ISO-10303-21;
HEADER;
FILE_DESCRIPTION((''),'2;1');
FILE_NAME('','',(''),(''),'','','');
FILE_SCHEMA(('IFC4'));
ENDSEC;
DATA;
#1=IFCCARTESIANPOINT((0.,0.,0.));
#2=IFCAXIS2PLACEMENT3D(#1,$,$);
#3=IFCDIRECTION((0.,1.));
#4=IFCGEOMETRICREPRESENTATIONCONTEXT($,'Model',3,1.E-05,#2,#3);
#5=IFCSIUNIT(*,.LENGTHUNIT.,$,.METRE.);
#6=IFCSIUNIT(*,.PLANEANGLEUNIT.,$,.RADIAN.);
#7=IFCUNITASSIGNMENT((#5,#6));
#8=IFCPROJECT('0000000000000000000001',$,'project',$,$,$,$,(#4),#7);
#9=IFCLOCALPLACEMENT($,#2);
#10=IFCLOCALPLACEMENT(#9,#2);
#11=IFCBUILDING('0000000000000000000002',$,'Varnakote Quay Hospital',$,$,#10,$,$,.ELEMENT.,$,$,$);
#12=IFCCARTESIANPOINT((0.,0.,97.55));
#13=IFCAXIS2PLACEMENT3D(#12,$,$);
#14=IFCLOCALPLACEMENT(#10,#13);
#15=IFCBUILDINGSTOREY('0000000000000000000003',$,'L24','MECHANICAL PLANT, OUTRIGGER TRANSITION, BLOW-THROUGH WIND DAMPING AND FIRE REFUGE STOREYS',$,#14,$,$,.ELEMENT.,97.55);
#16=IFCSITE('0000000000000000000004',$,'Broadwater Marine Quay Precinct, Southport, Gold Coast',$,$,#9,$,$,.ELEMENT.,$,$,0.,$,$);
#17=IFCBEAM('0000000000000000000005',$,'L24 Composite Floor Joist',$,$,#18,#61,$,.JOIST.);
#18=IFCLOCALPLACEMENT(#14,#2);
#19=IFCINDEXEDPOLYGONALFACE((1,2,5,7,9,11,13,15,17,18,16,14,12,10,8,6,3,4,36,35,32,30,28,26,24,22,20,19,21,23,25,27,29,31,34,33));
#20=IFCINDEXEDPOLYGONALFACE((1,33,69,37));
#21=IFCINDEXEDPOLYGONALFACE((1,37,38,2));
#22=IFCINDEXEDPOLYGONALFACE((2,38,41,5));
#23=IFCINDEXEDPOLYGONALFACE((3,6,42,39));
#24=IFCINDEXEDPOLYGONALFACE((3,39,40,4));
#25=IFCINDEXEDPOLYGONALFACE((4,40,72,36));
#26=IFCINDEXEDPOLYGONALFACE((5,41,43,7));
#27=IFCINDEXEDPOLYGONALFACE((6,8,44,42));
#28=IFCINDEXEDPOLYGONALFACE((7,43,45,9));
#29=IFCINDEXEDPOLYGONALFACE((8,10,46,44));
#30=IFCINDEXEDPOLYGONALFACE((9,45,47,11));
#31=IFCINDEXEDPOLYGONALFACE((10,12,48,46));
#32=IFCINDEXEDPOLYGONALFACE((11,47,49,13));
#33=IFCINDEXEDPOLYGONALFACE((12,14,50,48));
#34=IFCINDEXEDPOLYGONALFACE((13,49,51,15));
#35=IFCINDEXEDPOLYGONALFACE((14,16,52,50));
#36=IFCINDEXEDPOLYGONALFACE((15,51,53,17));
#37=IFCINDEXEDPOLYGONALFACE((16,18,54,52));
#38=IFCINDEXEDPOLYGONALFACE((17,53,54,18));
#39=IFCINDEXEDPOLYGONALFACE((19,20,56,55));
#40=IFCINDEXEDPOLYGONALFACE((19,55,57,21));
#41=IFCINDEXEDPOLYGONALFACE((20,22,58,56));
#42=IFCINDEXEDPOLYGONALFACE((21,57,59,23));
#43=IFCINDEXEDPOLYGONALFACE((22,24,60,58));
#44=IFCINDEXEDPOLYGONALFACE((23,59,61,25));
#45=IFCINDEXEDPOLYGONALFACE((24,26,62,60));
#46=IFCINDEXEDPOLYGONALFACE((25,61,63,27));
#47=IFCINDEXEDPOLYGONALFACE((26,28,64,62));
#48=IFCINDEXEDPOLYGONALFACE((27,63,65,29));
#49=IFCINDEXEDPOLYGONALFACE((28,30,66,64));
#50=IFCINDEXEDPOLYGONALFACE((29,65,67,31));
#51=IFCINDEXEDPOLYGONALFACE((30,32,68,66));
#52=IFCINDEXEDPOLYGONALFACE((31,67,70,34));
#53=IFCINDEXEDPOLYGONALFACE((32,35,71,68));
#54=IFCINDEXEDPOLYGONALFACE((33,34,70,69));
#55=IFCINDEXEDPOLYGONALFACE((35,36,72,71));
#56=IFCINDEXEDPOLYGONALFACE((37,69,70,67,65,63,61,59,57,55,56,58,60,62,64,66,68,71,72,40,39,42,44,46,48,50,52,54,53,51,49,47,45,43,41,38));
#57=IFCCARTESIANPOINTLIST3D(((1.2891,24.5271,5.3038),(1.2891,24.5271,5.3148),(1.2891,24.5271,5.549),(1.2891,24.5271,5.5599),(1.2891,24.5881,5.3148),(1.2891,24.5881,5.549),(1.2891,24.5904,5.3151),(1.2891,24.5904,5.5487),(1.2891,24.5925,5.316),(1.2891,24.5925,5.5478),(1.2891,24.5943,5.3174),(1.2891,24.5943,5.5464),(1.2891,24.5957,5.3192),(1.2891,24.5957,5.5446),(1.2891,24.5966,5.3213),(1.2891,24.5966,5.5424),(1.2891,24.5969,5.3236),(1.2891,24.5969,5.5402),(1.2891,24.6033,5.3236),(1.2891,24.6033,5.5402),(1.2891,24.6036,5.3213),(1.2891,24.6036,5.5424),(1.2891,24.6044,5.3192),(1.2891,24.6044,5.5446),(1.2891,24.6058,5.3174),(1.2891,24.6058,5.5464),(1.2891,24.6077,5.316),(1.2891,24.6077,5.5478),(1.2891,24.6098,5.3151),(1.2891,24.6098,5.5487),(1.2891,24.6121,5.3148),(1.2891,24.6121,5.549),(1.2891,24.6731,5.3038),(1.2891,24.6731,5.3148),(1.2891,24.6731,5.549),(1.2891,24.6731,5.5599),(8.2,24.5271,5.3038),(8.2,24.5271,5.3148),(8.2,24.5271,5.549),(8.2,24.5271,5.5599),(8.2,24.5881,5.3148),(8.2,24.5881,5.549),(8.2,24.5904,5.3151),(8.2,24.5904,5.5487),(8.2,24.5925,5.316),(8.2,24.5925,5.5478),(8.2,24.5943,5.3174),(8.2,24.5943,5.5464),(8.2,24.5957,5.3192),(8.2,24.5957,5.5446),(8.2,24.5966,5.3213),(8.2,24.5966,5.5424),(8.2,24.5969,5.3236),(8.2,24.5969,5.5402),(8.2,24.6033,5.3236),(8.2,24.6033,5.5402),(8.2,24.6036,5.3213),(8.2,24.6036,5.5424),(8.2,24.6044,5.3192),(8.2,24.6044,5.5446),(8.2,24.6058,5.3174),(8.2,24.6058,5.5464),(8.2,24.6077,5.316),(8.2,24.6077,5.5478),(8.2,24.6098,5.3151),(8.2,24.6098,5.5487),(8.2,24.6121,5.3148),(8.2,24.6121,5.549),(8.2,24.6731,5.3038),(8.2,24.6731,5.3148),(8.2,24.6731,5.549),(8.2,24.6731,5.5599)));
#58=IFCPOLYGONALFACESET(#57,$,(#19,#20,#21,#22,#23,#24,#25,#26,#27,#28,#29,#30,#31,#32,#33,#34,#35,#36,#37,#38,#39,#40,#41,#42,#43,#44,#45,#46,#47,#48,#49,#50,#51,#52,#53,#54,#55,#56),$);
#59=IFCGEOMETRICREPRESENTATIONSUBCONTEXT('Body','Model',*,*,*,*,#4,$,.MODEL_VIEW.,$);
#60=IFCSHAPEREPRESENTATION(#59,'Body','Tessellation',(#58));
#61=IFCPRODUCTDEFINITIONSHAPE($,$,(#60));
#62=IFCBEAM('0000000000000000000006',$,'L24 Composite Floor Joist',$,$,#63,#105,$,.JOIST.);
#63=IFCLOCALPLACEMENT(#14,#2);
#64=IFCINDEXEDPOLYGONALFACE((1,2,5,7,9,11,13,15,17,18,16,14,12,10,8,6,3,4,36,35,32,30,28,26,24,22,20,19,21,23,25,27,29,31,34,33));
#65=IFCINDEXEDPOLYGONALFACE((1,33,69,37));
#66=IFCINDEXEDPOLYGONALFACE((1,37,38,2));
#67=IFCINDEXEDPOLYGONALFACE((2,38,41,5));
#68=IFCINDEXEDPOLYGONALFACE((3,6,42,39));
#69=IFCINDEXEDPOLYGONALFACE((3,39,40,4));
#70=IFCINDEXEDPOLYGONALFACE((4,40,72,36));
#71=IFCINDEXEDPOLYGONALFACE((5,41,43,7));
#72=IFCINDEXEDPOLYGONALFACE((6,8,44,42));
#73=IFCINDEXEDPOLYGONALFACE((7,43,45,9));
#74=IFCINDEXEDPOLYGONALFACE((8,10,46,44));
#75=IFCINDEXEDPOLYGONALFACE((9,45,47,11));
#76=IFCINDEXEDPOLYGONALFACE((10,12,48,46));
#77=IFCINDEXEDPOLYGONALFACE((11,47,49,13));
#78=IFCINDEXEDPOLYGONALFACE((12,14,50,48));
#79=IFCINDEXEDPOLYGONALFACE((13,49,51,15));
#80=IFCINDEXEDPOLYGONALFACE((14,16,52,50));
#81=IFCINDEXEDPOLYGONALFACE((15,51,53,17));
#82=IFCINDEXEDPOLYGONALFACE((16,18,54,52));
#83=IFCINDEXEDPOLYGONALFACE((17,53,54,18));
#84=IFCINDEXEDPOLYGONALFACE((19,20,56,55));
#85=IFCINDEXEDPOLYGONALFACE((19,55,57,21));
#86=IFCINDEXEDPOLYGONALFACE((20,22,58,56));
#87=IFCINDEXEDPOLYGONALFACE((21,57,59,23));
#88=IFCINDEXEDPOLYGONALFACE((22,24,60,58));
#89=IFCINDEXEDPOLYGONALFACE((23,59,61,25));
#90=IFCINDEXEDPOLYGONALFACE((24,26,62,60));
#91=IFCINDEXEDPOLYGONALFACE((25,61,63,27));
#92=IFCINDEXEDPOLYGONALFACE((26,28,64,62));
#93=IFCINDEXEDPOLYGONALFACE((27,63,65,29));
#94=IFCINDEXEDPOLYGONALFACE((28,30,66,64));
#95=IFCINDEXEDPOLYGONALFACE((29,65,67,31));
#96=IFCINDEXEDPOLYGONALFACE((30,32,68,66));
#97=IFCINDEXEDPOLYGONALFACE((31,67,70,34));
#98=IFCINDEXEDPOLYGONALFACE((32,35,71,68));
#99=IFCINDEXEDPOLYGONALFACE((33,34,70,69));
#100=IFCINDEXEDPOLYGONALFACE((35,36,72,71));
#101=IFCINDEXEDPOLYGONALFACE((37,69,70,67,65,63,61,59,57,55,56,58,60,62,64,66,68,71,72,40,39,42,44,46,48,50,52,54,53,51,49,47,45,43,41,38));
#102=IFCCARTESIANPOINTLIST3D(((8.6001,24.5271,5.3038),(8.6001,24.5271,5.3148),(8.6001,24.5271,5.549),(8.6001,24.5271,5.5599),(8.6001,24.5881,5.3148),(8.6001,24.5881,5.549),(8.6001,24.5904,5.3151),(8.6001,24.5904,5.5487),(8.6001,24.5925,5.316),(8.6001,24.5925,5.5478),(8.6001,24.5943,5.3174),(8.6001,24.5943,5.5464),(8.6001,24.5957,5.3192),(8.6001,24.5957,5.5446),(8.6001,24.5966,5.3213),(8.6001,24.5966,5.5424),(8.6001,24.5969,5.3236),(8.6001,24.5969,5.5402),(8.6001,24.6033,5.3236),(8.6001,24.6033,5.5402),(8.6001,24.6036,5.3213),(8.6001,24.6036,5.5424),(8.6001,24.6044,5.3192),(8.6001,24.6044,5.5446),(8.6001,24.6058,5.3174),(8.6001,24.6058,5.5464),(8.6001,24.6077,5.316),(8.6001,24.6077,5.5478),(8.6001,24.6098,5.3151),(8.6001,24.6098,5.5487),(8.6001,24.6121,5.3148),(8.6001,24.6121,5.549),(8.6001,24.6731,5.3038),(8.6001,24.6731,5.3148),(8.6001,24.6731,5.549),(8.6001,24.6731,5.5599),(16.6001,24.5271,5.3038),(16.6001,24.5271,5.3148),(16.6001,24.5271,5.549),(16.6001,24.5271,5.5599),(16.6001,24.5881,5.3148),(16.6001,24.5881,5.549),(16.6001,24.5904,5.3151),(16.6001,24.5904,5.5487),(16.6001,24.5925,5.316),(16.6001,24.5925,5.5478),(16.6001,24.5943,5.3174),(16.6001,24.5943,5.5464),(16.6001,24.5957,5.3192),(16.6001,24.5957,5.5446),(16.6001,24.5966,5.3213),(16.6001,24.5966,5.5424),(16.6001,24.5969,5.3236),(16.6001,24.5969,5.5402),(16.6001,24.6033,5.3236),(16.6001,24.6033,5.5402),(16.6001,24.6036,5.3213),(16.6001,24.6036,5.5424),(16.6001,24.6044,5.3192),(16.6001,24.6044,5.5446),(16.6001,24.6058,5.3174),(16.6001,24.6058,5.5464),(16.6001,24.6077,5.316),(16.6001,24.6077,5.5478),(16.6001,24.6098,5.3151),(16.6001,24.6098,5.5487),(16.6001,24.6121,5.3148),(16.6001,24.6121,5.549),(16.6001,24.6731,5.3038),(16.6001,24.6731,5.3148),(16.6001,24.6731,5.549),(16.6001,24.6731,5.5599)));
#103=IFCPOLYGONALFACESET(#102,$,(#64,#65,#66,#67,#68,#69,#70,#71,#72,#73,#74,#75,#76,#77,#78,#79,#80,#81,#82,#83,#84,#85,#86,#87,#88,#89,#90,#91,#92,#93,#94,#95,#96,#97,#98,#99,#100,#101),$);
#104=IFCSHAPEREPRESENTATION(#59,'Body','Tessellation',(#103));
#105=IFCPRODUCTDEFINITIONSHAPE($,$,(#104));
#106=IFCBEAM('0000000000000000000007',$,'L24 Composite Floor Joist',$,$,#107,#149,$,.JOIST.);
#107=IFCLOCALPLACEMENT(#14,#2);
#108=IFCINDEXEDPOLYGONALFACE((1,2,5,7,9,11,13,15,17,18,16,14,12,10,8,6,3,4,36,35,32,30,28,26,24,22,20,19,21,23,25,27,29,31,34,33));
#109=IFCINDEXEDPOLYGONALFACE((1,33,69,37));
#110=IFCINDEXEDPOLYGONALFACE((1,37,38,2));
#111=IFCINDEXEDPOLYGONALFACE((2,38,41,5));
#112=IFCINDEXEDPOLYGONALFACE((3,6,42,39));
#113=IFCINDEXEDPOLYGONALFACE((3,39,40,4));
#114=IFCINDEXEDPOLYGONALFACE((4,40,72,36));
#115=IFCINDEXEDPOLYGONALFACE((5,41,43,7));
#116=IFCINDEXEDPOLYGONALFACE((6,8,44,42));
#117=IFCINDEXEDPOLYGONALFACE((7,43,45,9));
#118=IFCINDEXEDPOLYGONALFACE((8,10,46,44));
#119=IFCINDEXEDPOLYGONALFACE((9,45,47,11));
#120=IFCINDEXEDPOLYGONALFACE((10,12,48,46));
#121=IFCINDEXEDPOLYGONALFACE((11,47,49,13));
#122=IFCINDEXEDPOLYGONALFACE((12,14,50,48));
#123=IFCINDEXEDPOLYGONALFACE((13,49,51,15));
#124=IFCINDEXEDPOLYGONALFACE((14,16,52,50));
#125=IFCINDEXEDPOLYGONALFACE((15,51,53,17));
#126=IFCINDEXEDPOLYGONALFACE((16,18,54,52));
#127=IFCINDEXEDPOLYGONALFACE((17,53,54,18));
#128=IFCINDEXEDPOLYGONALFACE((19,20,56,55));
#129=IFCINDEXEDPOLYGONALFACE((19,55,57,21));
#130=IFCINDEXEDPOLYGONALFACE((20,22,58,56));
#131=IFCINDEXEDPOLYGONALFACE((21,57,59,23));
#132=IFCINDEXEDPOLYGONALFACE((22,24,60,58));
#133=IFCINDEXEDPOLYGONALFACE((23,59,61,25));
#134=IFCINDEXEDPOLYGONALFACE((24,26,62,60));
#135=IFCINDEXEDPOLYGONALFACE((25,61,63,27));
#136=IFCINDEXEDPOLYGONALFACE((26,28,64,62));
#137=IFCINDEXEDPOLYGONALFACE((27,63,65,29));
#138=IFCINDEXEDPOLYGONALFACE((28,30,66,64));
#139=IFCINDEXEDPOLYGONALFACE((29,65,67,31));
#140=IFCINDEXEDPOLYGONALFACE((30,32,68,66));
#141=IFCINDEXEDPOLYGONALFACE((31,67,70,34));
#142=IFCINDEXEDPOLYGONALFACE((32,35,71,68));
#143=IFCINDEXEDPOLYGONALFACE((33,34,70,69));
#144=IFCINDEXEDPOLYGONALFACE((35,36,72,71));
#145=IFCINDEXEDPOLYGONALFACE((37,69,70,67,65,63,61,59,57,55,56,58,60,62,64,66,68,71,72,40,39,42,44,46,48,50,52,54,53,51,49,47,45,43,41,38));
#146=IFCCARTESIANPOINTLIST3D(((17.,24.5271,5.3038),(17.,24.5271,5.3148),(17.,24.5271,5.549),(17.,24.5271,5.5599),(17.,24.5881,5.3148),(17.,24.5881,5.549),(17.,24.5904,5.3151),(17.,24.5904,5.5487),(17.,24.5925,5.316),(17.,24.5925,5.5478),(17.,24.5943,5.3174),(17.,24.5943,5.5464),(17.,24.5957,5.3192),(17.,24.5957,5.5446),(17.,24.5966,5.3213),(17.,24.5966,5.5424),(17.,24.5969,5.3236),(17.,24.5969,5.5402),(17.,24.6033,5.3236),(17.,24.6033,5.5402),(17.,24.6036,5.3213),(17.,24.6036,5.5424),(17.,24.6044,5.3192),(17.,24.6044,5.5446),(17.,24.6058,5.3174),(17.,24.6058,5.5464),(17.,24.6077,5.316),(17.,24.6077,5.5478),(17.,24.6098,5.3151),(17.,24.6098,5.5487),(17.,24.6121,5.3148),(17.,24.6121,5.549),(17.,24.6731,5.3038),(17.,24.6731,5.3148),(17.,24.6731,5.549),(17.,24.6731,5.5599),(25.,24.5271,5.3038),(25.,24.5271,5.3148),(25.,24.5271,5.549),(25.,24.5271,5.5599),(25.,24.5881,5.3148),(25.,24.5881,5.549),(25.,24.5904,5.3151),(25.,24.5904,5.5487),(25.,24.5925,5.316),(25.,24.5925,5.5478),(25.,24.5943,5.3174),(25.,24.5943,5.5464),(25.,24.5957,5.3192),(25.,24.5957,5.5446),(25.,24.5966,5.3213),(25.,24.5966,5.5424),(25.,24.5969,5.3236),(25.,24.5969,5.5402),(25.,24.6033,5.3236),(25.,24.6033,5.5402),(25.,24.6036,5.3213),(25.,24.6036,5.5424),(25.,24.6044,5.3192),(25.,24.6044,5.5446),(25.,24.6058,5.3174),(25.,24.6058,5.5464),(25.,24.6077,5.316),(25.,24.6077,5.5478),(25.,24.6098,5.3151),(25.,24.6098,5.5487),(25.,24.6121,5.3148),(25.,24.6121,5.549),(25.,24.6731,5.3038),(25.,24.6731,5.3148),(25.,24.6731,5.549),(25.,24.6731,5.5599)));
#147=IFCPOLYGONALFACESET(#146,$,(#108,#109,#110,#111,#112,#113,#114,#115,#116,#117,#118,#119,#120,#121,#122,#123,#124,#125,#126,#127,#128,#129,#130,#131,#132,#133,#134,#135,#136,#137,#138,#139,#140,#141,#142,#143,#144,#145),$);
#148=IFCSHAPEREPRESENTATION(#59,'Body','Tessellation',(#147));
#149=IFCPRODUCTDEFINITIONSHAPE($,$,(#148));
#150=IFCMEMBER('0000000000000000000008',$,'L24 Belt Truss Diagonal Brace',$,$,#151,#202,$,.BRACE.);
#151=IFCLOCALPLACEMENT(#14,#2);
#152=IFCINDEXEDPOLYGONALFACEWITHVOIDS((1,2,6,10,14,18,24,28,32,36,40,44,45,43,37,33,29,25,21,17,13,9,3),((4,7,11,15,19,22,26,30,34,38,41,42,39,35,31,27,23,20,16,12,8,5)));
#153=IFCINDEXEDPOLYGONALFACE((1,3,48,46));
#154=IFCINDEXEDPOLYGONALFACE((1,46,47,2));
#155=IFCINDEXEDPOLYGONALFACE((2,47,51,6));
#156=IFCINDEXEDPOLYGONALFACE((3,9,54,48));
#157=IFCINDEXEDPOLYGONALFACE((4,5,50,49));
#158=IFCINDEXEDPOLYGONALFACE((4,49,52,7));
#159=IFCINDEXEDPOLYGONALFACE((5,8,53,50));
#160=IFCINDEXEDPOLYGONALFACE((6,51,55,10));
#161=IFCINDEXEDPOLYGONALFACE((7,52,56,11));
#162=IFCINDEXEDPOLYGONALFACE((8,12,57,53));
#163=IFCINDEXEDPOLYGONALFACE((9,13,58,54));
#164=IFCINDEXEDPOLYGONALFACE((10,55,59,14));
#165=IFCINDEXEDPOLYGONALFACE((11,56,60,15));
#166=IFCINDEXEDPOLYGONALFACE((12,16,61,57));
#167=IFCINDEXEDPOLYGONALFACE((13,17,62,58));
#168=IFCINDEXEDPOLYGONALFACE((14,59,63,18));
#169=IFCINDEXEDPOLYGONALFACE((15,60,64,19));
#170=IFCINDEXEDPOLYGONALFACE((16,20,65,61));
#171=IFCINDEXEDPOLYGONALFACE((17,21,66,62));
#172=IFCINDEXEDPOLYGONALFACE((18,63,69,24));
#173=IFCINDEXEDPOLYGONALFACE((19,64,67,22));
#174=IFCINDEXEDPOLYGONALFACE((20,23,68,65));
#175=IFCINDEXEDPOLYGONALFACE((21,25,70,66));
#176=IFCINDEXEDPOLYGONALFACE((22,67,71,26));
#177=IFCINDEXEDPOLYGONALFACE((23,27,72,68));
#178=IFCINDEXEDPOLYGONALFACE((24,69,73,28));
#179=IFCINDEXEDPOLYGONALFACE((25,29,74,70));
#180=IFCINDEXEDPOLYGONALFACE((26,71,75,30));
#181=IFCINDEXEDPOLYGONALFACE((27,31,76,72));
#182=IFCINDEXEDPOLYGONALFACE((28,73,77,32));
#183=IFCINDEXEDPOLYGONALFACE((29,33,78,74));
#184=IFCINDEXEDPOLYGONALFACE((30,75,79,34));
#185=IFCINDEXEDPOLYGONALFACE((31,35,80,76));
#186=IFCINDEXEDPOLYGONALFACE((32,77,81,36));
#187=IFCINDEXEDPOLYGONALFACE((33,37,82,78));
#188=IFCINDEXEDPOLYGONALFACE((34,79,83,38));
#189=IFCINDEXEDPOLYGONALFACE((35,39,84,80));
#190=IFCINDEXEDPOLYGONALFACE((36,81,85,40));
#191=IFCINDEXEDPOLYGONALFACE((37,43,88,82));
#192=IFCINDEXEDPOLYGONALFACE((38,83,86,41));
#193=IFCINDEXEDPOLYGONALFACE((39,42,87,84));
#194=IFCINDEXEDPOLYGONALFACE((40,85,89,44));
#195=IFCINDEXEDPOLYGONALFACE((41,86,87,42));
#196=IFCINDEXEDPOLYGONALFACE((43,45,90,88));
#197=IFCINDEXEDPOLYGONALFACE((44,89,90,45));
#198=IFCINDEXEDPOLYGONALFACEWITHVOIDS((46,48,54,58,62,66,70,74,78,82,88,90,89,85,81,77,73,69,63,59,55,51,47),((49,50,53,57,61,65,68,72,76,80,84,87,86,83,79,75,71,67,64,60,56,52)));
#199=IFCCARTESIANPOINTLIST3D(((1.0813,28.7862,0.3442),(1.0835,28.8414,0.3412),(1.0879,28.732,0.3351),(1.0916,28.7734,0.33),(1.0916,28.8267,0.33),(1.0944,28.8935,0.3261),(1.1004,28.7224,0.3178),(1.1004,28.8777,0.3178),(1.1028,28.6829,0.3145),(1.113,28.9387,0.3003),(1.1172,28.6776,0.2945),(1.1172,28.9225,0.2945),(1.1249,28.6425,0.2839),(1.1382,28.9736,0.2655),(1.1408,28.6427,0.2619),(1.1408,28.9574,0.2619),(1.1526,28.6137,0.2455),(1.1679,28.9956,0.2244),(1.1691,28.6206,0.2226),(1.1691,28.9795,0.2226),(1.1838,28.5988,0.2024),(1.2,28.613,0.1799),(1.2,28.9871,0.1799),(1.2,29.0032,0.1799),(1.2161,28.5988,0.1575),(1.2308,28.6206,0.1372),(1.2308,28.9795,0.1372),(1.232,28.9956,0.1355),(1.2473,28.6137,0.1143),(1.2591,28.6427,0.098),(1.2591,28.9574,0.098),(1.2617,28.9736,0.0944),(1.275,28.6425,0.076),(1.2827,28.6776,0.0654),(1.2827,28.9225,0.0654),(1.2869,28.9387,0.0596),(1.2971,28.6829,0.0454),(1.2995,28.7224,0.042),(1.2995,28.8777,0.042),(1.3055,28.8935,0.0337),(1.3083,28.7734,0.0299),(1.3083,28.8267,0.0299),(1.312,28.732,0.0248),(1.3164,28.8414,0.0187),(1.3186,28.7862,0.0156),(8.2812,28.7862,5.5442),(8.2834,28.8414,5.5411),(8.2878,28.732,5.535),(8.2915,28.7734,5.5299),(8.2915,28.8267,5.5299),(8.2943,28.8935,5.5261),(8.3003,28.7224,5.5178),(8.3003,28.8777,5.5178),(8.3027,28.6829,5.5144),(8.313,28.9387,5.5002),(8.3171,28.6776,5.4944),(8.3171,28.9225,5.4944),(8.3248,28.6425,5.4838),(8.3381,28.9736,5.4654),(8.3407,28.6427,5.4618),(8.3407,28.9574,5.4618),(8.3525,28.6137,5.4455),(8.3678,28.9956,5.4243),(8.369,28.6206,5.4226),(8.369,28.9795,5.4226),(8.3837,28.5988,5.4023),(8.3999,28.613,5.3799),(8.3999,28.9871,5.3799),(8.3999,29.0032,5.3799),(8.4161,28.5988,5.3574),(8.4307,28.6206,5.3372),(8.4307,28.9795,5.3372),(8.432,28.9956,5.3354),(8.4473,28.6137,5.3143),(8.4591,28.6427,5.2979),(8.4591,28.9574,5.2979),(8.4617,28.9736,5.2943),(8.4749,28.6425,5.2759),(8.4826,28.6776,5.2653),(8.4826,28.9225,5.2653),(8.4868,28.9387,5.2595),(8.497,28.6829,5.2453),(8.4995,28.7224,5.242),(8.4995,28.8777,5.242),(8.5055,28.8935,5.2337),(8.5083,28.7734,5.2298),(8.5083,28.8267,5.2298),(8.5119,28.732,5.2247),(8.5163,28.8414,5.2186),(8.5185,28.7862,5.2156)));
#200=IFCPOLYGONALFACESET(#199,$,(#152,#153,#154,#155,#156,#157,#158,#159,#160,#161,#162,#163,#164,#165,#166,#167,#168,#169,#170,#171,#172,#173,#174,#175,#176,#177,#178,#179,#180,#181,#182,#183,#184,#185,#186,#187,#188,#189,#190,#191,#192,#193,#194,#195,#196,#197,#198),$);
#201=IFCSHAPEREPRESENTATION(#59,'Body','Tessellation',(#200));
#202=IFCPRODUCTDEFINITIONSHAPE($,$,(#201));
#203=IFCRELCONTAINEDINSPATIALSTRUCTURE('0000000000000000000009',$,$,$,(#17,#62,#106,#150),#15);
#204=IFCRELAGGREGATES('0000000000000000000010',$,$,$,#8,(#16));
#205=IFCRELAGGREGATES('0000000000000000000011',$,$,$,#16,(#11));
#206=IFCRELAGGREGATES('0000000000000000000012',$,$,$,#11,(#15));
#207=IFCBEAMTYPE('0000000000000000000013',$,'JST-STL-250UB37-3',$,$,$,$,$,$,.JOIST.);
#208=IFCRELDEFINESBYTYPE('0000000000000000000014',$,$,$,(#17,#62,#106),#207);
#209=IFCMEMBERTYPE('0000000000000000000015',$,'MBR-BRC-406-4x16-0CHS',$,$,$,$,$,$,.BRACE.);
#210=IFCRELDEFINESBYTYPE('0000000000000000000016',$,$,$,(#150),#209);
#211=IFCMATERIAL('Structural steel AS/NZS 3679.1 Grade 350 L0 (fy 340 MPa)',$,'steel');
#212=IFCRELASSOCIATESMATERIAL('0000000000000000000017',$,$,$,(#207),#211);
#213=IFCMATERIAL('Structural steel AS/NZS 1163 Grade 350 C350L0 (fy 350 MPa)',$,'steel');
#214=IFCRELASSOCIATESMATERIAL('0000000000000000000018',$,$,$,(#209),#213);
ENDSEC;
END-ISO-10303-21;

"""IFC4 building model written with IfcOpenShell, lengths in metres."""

from ifc_helpers import new_model, si_unit, direction, frame, origin, origin_2d, place, context, subcontext, project, spatial, hollow_circle, i_section, extrude, material, material_profile, profile_set, type_object, element, save


model = new_model("IFC4")

# Units and contexts
model_context = context("Model", 3, precision=1e-05, world=origin(), true_north=direction((0.0, 1.0)))
body_context = subcontext(model_context, "Body", "Model", "MODEL_VIEW")
ifc_project = project(units=[si_unit("LENGTHUNIT", "METRE"), si_unit("PLANEANGLEUNIT", "RADIAN")], contexts=[model_context])

# Site, building, storey
site_placement = place(None, origin())
site = spatial("IfcSite", under=ifc_project, at=site_placement, Name="Broadwater Marine Quay Precinct, Southport, Gold Coast", CompositionType="ELEMENT", RefElevation=0.0)
building_placement = place(site_placement, origin())
building = spatial("IfcBuilding", under=site, at=building_placement, Name="Varnakote Quay Hospital", CompositionType="ELEMENT")
storey_placement = place(building_placement, frame((0.0, 0.0, 97.55)))
storey = spatial("IfcBuildingStorey", under=building, at=storey_placement, Name="L24", Description="MECHANICAL PLANT, OUTRIGGER TRANSITION, BLOW-THROUGH WIND DAMPING AND FIRE REFUGE STOREYS", CompositionType="ELEMENT", Elevation=97.55)

# Beams
ifc_material_1 = material(Name="Structural steel AS/NZS 3679.1 Grade 350 L0 (fy 340 MPa)", Category="steel")
ifc_material_profile_1 = material_profile(ifc_material_1, i_section(OverallWidth=0.146, OverallDepth=0.2561, WebThickness=0.0063, FlangeThickness=0.011, FilletRadius=0.0088, at=origin_2d()), Name="250UB37.3")
ifc_profile_set_1 = profile_set([ifc_material_profile_1], Name="Structural steel AS/NZS 3679.1 Grade 350 L0 (fy 340 MPa)")
beam_type_1 = type_object("IfcBeamType", Name="JST-STL-250UB37-3", PredefinedType="JOIST", material=ifc_profile_set_1)
beam_1_placement = place(storey_placement, frame((1.2891, 24.6001, 5.4319), z_axis=(1.0, 0.0, 0.0), x_axis=(0.0, 1.0, 0.0)))
element("IfcBeam", 1, at=beam_1_placement, inside=storey, type_object=beam_type_1, Name="L24 Composite Floor Joist", PredefinedType="JOIST", context=body_context, shape_type="SweptSolid", body=[
    extrude(i_section(OverallWidth=0.146, OverallDepth=0.2561, WebThickness=0.0063, FlangeThickness=0.011, FilletRadius=0.0088, at=origin_2d()), origin(), (0.0, 0.0, 1.0), 6.9109),
])
for number, where, z_axis, x_axis, name in (
    (2, (8.6001, 24.6001, 5.4319), (1.0, 0.0, 0.0), (0.0, 1.0, 0.0), "L24 Composite Floor Joist"),
    (3, (17.0, 24.6001, 5.4319), (1.0, 0.0, 0.0), (0.0, 1.0, 0.0), "L24 Composite Floor Joist"),
):
    element("IfcBeam", number, at=place(storey_placement, frame(where, z_axis=z_axis, x_axis=x_axis)), inside=storey, type_object=beam_type_1, Name=name, PredefinedType="JOIST", context=body_context, shape_type="SweptSolid", body=[
        extrude(i_section(OverallWidth=0.146, OverallDepth=0.2561, WebThickness=0.0063, FlangeThickness=0.011, FilletRadius=0.0088, at=origin_2d()), origin(), (0.0, 0.0, 1.0), 8.0),
    ])

# Member
ifc_material_2 = material(Name="Structural steel AS/NZS 1163 Grade 350 C350L0 (fy 350 MPa)", Category="steel")
ifc_material_profile_2 = material_profile(ifc_material_2, hollow_circle(Radius=0.2031, WallThickness=0.0161, at=origin_2d()), Name="406.4x16.0CHS")
ifc_profile_set_2 = profile_set([ifc_material_profile_2], Name="Structural steel AS/NZS 1163 Grade 350 C350L0 (fy 350 MPa)")
member_type_1 = type_object("IfcMemberType", Name="MBR-BRC-406-4x16-0CHS", PredefinedType="BRACE", material=ifc_profile_set_2)
member_1_placement = place(storey_placement, frame((1.2, 28.8, 0.1799), z_axis=(0.81068, 0.0, 0.58549), x_axis=(0.0, 1.0, 0.0)))
element("IfcMember", 4, at=member_1_placement, inside=storey, type_object=member_type_1, Name="L24 Belt Truss Diagonal Brace", PredefinedType="BRACE", context=body_context, shape_type="SweptSolid", body=[
    extrude(hollow_circle(Radius=0.2031, WallThickness=0.0161, at=origin_2d()), origin(), (0.0, 0.0, 1.0), 8.8813),
])

save(model, "model.ifc")
